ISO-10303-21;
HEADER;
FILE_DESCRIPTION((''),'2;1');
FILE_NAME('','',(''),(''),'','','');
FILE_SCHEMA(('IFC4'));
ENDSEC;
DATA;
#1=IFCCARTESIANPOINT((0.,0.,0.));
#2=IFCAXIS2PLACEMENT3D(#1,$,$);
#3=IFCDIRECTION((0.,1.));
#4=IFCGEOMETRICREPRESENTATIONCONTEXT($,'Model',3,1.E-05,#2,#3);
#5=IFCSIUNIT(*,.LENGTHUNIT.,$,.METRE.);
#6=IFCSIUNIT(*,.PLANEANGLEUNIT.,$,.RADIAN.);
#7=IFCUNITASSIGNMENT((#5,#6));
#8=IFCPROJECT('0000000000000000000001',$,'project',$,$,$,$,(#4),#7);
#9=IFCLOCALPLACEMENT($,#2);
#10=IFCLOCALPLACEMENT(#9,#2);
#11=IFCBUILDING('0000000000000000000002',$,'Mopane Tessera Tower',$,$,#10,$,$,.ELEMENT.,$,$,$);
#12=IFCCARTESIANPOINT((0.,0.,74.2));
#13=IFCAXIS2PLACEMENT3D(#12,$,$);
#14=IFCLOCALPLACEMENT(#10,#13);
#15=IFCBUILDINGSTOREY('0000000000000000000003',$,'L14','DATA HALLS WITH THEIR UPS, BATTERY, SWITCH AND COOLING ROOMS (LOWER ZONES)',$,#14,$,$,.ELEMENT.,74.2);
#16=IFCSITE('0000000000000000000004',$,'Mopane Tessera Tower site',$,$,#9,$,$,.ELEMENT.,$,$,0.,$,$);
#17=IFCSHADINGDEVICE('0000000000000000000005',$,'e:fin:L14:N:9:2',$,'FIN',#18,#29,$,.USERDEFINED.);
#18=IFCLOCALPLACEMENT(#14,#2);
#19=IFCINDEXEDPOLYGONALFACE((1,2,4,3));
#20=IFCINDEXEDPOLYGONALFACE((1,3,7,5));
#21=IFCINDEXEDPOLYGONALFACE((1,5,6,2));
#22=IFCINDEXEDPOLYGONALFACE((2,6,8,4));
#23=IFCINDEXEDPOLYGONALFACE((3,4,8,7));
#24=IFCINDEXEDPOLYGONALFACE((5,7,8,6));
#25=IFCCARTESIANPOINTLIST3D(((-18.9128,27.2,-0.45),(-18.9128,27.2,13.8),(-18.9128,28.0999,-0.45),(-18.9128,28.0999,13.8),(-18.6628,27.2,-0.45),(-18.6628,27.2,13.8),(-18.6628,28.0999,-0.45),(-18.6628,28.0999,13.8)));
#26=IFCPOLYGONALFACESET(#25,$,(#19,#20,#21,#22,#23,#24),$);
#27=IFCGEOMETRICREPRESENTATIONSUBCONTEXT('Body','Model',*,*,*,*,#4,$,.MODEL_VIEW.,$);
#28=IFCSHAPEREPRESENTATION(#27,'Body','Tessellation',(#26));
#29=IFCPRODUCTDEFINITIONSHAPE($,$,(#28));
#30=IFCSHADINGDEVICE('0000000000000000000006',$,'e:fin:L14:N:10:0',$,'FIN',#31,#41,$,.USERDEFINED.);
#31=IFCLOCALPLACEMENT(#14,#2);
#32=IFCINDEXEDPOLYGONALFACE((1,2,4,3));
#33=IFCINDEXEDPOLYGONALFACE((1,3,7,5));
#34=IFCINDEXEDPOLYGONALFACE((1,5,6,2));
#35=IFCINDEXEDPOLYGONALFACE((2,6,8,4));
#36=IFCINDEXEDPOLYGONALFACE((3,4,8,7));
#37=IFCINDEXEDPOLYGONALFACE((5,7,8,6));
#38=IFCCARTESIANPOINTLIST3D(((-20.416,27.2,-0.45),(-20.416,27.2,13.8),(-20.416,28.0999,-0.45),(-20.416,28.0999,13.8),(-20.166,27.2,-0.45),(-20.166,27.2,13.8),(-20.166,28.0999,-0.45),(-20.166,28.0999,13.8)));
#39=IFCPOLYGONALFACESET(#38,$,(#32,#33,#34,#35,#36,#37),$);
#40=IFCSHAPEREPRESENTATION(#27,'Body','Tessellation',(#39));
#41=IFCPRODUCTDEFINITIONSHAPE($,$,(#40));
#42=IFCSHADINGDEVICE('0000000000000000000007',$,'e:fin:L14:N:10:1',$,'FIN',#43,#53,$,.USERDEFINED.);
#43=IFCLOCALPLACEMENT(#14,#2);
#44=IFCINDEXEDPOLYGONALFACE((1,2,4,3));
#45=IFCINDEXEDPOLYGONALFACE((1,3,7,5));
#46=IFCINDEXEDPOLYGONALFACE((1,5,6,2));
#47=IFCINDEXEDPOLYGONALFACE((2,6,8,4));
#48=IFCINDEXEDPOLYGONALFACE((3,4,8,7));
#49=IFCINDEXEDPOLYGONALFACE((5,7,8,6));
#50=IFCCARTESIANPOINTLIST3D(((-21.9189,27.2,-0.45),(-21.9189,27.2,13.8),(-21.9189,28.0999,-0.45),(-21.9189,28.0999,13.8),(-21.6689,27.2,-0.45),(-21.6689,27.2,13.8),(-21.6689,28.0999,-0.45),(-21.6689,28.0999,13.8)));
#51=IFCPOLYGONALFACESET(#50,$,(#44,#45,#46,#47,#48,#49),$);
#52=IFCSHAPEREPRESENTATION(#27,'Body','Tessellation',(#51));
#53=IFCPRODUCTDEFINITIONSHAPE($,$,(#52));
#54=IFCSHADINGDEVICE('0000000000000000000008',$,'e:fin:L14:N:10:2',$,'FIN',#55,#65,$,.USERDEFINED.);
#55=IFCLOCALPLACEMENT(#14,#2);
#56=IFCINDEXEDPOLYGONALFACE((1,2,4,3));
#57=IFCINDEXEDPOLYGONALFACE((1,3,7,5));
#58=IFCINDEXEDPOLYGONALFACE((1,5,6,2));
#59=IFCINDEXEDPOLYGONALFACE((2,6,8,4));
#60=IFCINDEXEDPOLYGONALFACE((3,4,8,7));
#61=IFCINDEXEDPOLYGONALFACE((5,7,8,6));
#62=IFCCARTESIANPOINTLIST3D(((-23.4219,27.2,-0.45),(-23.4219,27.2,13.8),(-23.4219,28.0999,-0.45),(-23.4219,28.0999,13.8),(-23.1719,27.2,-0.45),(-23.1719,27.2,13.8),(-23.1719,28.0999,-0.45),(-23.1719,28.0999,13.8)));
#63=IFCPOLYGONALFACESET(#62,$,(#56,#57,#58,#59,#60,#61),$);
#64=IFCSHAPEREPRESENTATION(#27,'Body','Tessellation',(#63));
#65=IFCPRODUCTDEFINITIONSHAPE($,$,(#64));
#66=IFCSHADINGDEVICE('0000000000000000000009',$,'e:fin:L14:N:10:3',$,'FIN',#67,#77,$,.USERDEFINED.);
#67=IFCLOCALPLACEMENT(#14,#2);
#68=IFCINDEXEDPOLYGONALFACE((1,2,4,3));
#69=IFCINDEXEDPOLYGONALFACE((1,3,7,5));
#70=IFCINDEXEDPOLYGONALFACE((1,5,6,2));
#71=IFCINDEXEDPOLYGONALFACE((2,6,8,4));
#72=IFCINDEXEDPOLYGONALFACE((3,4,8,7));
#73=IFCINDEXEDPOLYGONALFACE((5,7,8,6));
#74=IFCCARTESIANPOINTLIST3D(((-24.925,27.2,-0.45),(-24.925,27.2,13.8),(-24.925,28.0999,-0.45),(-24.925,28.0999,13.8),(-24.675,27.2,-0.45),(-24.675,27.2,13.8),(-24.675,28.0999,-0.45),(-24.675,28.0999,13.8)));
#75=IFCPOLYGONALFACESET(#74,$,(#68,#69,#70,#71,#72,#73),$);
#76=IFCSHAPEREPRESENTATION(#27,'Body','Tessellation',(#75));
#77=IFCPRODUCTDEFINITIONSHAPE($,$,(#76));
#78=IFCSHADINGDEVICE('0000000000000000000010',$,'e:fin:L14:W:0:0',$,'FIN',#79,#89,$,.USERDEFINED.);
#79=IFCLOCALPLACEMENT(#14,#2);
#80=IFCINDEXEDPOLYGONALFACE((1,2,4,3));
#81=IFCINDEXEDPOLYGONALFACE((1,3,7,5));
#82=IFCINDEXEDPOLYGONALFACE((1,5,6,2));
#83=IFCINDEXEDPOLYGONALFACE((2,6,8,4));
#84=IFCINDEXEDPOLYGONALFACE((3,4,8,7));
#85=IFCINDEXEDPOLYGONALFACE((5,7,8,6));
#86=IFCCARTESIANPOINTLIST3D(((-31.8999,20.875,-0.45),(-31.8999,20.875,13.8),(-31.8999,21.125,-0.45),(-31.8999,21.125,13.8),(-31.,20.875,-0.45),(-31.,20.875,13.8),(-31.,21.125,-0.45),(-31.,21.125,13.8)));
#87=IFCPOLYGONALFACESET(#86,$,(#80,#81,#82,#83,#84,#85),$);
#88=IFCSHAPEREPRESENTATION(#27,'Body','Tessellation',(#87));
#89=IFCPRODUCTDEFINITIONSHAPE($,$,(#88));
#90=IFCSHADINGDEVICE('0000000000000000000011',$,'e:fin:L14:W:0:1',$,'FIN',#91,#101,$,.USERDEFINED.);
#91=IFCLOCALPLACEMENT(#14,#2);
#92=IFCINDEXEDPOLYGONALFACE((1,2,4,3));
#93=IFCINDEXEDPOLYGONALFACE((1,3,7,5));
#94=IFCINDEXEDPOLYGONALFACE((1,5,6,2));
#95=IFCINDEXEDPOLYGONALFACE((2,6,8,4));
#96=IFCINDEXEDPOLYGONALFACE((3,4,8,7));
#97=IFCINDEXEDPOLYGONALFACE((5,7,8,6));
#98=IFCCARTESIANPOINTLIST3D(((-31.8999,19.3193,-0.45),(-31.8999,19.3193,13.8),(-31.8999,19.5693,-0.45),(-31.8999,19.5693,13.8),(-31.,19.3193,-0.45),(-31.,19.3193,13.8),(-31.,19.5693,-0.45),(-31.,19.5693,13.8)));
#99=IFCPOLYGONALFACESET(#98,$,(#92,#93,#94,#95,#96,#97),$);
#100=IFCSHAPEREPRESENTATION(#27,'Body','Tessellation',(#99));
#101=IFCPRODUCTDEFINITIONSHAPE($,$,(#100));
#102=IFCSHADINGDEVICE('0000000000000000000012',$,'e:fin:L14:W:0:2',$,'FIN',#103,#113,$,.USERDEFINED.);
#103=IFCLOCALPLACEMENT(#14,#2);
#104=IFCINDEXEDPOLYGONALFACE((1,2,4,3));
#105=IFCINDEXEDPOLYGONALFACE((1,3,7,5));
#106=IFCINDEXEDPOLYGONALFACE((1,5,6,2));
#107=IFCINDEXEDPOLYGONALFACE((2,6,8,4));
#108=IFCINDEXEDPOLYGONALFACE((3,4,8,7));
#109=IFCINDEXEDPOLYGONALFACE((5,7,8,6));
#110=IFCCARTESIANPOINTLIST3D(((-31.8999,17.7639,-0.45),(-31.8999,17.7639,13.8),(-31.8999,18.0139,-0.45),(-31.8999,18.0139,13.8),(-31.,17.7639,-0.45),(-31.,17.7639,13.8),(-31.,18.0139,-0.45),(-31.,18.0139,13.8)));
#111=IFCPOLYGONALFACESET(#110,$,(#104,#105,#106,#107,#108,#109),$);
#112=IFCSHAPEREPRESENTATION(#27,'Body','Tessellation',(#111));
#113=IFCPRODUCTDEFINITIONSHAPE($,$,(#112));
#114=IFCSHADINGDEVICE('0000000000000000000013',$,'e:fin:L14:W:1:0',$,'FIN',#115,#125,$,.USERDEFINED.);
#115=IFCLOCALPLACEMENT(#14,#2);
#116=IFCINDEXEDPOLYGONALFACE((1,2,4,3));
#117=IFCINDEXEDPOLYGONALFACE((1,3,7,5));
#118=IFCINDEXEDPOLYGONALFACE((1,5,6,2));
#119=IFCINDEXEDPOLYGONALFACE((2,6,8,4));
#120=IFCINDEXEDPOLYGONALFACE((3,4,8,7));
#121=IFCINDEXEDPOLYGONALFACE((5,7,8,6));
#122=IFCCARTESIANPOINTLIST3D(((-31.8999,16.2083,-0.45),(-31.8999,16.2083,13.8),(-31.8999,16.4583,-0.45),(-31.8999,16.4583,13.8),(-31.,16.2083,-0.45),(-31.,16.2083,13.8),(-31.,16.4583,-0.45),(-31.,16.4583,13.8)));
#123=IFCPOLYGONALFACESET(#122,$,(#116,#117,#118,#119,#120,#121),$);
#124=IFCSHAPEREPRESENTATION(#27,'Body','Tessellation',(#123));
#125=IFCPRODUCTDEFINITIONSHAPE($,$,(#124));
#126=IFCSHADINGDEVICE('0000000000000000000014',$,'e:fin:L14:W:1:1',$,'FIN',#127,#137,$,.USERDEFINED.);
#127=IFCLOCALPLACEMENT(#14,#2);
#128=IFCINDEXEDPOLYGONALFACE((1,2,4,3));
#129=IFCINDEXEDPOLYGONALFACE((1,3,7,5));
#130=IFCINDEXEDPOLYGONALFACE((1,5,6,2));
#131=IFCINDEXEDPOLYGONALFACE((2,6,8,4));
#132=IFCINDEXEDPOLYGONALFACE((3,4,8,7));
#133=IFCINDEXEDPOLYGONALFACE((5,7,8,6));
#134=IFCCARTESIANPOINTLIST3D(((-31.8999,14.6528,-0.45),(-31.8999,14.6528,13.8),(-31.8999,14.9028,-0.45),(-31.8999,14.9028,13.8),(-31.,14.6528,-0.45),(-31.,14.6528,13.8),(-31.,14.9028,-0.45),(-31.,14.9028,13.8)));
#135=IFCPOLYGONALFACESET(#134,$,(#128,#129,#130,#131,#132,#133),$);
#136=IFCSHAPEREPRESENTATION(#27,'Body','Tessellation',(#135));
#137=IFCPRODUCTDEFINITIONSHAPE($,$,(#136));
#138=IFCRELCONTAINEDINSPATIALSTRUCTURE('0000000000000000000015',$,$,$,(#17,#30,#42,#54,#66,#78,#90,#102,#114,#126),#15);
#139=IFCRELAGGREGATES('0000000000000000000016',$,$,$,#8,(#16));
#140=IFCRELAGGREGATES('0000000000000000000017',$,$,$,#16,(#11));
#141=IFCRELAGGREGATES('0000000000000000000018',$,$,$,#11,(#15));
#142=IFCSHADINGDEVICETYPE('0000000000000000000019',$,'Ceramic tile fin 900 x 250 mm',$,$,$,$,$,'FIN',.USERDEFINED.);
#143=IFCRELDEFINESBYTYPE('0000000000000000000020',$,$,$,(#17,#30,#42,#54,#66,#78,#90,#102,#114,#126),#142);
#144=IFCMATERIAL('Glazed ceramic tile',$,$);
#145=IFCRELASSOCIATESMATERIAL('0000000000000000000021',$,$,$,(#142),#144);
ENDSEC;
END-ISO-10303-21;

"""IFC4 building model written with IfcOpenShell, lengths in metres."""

from ifc_helpers import new_model, si_unit, direction, frame, origin, origin_2d, place, context, subcontext, project, spatial, rectangle, extrude, material, type_object, element, save


model = new_model("IFC4")

# Units and contexts
model_context = context("Model", 3, precision=1e-05, world=origin(), true_north=direction((0.0, 1.0)))
body_context = subcontext(model_context, "Body", "Model", "MODEL_VIEW")
ifc_project = project(units=[si_unit("LENGTHUNIT", "METRE"), si_unit("PLANEANGLEUNIT", "RADIAN")], contexts=[model_context])

# Site, building, storey
site_placement = place(None, origin())
site = spatial("IfcSite", under=ifc_project, at=site_placement, Name="Mopane Tessera Tower site", CompositionType="ELEMENT", RefElevation=0.0)
building_placement = place(site_placement, origin())
building = spatial("IfcBuilding", under=site, at=building_placement, Name="Mopane Tessera Tower", CompositionType="ELEMENT")
storey_placement = place(building_placement, frame((0.0, 0.0, 74.2)))
storey = spatial("IfcBuildingStorey", under=building, at=storey_placement, Name="L14", Description="DATA HALLS WITH THEIR UPS, BATTERY, SWITCH AND COOLING ROOMS (LOWER ZONES)", CompositionType="ELEMENT", Elevation=74.2)

# Shading devices
ifc_material_1 = material(Name="Glazed ceramic tile")
shading_device_type = type_object("IfcShadingDeviceType", Name="Ceramic tile fin 900 x 250 mm", ElementType="FIN", PredefinedType="USERDEFINED", material=ifc_material_1)
for number, where, z_axis, x_axis, name in (
    (1, (-18.7878, 27.6499, -0.45), (0.0, 0.0, 1.0), (-1.0, 0.0, 0.0), "e:fin:L14:N:9:2"),
    (2, (-20.291, 27.6499, -0.45), (0.0, 0.0, 1.0), (-1.0, 0.0, 0.0), "e:fin:L14:N:10:0"),
    (3, (-21.7939, 27.6499, -0.45), (0.0, 0.0, 1.0), (-1.0, 0.0, 0.0), "e:fin:L14:N:10:1"),
    (4, (-23.2969, 27.6499, -0.45), (0.0, 0.0, 1.0), (-1.0, 0.0, 0.0), "e:fin:L14:N:10:2"),
    (5, (-24.8, 27.6499, -0.45), (0.0, 0.0, 1.0), (-1.0, 0.0, 0.0), "e:fin:L14:N:10:3"),
    (6, (-31.45, 21.0, -0.45), (0.0, 0.0, 1.0), (0.0, -1.0, 0.0), "e:fin:L14:W:0:0"),
    (7, (-31.45, 19.4443, -0.45), (0.0, 0.0, 1.0), (0.0, -1.0, 0.0), "e:fin:L14:W:0:1"),
    (8, (-31.45, 17.8889, -0.45), (0.0, 0.0, 1.0), (0.0, -1.0, 0.0), "e:fin:L14:W:0:2"),
    (9, (-31.45, 16.3333, -0.45), (0.0, 0.0, 1.0), (0.0, -1.0, 0.0), "e:fin:L14:W:1:0"),
    (10, (-31.45, 14.7778, -0.45), (0.0, 0.0, 1.0), (0.0, -1.0, 0.0), "e:fin:L14:W:1:1"),
):
    element("IfcShadingDevice", number, at=place(storey_placement, frame(where, z_axis=z_axis, x_axis=x_axis)), inside=storey, type_object=shading_device_type, Name=name, ObjectType="FIN", PredefinedType="USERDEFINED", context=body_context, shape_type="SweptSolid", body=[
        extrude(rectangle(XDim=0.25, YDim=0.8999, at=origin_2d()), origin(), (0.0, 0.0, 1.0), 14.25),
    ])

save(model, "model.ifc")
